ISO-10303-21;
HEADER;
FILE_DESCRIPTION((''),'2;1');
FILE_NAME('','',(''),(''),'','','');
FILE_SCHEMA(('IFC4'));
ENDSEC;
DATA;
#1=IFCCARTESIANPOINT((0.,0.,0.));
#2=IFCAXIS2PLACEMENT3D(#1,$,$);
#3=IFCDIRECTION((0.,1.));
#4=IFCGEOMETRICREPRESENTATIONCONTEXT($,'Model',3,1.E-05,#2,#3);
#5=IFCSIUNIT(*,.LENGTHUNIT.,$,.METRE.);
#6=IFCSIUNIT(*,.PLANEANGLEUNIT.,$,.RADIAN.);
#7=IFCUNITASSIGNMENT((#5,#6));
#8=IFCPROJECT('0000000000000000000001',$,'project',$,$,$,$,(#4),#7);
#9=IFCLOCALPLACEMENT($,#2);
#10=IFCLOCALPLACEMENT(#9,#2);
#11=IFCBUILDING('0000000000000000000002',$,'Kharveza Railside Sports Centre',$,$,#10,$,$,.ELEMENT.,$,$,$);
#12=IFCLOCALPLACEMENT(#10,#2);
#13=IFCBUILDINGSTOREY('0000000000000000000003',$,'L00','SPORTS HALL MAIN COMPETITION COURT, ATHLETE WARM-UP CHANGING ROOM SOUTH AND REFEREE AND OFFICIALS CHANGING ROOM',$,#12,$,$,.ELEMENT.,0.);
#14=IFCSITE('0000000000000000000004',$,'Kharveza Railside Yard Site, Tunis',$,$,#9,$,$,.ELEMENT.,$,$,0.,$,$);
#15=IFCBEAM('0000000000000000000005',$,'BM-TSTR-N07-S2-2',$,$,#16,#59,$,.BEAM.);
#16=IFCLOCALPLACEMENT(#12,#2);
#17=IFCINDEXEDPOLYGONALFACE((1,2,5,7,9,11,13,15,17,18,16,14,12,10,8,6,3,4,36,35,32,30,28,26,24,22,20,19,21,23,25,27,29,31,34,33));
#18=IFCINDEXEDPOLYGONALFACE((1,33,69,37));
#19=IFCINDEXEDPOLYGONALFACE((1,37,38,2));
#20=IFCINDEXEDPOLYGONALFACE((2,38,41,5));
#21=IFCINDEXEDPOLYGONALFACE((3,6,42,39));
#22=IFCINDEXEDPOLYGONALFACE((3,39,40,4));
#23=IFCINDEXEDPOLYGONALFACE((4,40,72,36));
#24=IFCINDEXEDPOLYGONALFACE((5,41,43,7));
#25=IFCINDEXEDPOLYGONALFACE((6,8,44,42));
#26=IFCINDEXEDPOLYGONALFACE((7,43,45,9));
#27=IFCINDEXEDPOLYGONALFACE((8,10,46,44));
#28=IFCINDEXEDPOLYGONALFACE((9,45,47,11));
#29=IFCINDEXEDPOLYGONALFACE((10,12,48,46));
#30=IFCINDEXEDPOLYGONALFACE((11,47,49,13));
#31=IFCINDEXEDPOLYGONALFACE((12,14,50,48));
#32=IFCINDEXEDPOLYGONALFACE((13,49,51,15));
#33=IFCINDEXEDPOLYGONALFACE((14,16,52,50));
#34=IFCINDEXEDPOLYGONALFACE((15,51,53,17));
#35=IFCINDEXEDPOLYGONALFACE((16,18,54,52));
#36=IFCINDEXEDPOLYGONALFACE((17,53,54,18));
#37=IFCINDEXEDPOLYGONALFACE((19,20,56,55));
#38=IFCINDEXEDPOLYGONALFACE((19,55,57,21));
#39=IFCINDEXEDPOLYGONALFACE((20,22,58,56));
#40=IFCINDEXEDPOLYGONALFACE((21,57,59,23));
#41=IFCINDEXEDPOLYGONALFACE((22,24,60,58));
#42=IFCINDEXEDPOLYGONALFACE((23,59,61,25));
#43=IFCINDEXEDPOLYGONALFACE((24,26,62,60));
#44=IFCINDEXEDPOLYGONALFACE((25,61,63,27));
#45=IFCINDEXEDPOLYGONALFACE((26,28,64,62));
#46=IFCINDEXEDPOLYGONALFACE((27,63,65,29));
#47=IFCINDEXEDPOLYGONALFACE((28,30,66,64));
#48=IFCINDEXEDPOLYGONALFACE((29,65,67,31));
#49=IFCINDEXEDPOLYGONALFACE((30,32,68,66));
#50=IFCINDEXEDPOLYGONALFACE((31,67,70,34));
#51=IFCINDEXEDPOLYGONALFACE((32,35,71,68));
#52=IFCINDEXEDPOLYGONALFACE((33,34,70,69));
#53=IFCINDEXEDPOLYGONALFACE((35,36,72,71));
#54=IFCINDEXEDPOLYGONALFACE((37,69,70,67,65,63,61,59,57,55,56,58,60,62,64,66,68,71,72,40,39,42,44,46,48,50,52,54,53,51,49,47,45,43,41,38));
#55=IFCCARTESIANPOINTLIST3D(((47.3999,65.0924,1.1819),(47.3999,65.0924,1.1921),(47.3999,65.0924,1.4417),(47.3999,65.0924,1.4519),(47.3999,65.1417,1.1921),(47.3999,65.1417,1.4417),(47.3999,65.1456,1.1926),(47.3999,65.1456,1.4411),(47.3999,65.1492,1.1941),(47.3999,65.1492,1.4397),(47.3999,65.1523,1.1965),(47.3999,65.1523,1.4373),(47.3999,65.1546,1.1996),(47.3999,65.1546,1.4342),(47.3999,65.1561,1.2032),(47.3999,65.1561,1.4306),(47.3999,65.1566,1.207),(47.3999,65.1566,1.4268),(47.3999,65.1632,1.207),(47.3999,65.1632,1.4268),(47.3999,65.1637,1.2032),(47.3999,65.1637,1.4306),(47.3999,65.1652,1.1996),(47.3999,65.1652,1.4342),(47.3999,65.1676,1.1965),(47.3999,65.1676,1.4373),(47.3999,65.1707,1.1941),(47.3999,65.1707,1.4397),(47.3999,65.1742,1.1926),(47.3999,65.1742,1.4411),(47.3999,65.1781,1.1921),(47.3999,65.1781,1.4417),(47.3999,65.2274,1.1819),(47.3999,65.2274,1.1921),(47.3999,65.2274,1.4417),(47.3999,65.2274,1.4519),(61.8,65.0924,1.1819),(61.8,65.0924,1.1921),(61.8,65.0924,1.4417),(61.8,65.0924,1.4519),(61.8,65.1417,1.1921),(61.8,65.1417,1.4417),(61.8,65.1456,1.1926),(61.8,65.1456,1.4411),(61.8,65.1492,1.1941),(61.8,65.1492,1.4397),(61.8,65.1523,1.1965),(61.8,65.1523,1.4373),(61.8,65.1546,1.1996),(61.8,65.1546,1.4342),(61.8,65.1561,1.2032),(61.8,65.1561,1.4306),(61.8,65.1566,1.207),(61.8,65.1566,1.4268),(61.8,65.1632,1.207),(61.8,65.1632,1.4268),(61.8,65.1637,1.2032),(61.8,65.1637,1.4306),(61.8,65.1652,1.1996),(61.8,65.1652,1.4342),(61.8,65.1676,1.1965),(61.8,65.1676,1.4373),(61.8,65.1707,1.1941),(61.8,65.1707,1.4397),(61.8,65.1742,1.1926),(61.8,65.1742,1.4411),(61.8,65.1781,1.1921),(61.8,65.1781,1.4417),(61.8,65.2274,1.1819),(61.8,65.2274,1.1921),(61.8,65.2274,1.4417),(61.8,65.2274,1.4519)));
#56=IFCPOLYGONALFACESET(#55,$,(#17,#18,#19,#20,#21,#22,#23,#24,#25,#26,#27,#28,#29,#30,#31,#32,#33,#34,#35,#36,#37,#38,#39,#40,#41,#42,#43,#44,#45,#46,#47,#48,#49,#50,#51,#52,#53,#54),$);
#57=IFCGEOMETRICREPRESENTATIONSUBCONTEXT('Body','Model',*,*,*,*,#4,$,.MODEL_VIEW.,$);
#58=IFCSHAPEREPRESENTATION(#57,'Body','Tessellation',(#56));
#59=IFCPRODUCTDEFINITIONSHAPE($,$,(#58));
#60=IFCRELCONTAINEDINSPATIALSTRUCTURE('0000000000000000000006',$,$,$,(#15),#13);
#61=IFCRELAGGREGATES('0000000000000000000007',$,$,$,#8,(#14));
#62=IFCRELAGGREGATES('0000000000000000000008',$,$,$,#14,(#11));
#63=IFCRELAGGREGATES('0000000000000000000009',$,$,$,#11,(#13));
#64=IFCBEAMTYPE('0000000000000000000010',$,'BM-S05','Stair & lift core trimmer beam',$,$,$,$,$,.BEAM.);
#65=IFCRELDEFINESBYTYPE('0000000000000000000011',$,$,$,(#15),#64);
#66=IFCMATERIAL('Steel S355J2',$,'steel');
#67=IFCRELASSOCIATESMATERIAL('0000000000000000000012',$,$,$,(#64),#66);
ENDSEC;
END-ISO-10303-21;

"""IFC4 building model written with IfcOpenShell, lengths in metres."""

from ifc_helpers import new_model, si_unit, direction, frame, origin, origin_2d, place, context, subcontext, project, spatial, i_section, extrude, material, material_profile, profile_set, type_object, element, save


model = new_model("IFC4")

# Units and contexts
model_context = context("Model", 3, precision=1e-05, world=origin(), true_north=direction((0.0, 1.0)))
body_context = subcontext(model_context, "Body", "Model", "MODEL_VIEW")
ifc_project = project(units=[si_unit("LENGTHUNIT", "METRE"), si_unit("PLANEANGLEUNIT", "RADIAN")], contexts=[model_context])

# Site, building, storey
site_placement = place(None, origin())
site = spatial("IfcSite", under=ifc_project, at=site_placement, Name="Kharveza Railside Yard Site, Tunis", CompositionType="ELEMENT", RefElevation=0.0)
building_placement = place(site_placement, origin())
building = spatial("IfcBuilding", under=site, at=building_placement, Name="Kharveza Railside Sports Centre", CompositionType="ELEMENT")
storey_placement = place(building_placement, origin())
storey = spatial("IfcBuildingStorey", under=building, at=storey_placement, Name="L00", Description="SPORTS HALL MAIN COMPETITION COURT, ATHLETE WARM-UP CHANGING ROOM SOUTH AND REFEREE AND OFFICIALS CHANGING ROOM", CompositionType="ELEMENT", Elevation=0.0)

# Shared definitions
ifc_material_1 = material(Name="Steel S355J2", Category="steel")

# Beam
ifc_material_profile_1 = material_profile(ifc_material_1, i_section(OverallWidth=0.135, OverallDepth=0.27, WebThickness=0.0066, FlangeThickness=0.0103, FilletRadius=0.0149, at=origin_2d()), Name="IPE 270")
ifc_profile_set_1 = profile_set([ifc_material_profile_1], Name="Steel S355J2")
beam_type = type_object("IfcBeamType", Name="BM-S05", Description="Stair & lift core trimmer beam", PredefinedType="BEAM", material=ifc_profile_set_1)
for number, where, z_axis, x_axis, name in (
    (1, (47.3999, 65.1599, 1.3169), (1.0, 0.0, 0.0), (0.0, 1.0, 0.0), "BM-TSTR-N07-S2-2"),
):
    element("IfcBeam", number, at=place(storey_placement, frame(where, z_axis=z_axis, x_axis=x_axis)), inside=storey, type_object=beam_type, Name=name, PredefinedType="BEAM", context=body_context, shape_type="SweptSolid", body=[
        extrude(i_section(OverallWidth=0.135, OverallDepth=0.27, WebThickness=0.0066, FlangeThickness=0.0103, FilletRadius=0.0149, at=origin_2d()), origin(), (0.0, 0.0, 1.0), 14.4001),
    ])

save(model, "model.ifc")
